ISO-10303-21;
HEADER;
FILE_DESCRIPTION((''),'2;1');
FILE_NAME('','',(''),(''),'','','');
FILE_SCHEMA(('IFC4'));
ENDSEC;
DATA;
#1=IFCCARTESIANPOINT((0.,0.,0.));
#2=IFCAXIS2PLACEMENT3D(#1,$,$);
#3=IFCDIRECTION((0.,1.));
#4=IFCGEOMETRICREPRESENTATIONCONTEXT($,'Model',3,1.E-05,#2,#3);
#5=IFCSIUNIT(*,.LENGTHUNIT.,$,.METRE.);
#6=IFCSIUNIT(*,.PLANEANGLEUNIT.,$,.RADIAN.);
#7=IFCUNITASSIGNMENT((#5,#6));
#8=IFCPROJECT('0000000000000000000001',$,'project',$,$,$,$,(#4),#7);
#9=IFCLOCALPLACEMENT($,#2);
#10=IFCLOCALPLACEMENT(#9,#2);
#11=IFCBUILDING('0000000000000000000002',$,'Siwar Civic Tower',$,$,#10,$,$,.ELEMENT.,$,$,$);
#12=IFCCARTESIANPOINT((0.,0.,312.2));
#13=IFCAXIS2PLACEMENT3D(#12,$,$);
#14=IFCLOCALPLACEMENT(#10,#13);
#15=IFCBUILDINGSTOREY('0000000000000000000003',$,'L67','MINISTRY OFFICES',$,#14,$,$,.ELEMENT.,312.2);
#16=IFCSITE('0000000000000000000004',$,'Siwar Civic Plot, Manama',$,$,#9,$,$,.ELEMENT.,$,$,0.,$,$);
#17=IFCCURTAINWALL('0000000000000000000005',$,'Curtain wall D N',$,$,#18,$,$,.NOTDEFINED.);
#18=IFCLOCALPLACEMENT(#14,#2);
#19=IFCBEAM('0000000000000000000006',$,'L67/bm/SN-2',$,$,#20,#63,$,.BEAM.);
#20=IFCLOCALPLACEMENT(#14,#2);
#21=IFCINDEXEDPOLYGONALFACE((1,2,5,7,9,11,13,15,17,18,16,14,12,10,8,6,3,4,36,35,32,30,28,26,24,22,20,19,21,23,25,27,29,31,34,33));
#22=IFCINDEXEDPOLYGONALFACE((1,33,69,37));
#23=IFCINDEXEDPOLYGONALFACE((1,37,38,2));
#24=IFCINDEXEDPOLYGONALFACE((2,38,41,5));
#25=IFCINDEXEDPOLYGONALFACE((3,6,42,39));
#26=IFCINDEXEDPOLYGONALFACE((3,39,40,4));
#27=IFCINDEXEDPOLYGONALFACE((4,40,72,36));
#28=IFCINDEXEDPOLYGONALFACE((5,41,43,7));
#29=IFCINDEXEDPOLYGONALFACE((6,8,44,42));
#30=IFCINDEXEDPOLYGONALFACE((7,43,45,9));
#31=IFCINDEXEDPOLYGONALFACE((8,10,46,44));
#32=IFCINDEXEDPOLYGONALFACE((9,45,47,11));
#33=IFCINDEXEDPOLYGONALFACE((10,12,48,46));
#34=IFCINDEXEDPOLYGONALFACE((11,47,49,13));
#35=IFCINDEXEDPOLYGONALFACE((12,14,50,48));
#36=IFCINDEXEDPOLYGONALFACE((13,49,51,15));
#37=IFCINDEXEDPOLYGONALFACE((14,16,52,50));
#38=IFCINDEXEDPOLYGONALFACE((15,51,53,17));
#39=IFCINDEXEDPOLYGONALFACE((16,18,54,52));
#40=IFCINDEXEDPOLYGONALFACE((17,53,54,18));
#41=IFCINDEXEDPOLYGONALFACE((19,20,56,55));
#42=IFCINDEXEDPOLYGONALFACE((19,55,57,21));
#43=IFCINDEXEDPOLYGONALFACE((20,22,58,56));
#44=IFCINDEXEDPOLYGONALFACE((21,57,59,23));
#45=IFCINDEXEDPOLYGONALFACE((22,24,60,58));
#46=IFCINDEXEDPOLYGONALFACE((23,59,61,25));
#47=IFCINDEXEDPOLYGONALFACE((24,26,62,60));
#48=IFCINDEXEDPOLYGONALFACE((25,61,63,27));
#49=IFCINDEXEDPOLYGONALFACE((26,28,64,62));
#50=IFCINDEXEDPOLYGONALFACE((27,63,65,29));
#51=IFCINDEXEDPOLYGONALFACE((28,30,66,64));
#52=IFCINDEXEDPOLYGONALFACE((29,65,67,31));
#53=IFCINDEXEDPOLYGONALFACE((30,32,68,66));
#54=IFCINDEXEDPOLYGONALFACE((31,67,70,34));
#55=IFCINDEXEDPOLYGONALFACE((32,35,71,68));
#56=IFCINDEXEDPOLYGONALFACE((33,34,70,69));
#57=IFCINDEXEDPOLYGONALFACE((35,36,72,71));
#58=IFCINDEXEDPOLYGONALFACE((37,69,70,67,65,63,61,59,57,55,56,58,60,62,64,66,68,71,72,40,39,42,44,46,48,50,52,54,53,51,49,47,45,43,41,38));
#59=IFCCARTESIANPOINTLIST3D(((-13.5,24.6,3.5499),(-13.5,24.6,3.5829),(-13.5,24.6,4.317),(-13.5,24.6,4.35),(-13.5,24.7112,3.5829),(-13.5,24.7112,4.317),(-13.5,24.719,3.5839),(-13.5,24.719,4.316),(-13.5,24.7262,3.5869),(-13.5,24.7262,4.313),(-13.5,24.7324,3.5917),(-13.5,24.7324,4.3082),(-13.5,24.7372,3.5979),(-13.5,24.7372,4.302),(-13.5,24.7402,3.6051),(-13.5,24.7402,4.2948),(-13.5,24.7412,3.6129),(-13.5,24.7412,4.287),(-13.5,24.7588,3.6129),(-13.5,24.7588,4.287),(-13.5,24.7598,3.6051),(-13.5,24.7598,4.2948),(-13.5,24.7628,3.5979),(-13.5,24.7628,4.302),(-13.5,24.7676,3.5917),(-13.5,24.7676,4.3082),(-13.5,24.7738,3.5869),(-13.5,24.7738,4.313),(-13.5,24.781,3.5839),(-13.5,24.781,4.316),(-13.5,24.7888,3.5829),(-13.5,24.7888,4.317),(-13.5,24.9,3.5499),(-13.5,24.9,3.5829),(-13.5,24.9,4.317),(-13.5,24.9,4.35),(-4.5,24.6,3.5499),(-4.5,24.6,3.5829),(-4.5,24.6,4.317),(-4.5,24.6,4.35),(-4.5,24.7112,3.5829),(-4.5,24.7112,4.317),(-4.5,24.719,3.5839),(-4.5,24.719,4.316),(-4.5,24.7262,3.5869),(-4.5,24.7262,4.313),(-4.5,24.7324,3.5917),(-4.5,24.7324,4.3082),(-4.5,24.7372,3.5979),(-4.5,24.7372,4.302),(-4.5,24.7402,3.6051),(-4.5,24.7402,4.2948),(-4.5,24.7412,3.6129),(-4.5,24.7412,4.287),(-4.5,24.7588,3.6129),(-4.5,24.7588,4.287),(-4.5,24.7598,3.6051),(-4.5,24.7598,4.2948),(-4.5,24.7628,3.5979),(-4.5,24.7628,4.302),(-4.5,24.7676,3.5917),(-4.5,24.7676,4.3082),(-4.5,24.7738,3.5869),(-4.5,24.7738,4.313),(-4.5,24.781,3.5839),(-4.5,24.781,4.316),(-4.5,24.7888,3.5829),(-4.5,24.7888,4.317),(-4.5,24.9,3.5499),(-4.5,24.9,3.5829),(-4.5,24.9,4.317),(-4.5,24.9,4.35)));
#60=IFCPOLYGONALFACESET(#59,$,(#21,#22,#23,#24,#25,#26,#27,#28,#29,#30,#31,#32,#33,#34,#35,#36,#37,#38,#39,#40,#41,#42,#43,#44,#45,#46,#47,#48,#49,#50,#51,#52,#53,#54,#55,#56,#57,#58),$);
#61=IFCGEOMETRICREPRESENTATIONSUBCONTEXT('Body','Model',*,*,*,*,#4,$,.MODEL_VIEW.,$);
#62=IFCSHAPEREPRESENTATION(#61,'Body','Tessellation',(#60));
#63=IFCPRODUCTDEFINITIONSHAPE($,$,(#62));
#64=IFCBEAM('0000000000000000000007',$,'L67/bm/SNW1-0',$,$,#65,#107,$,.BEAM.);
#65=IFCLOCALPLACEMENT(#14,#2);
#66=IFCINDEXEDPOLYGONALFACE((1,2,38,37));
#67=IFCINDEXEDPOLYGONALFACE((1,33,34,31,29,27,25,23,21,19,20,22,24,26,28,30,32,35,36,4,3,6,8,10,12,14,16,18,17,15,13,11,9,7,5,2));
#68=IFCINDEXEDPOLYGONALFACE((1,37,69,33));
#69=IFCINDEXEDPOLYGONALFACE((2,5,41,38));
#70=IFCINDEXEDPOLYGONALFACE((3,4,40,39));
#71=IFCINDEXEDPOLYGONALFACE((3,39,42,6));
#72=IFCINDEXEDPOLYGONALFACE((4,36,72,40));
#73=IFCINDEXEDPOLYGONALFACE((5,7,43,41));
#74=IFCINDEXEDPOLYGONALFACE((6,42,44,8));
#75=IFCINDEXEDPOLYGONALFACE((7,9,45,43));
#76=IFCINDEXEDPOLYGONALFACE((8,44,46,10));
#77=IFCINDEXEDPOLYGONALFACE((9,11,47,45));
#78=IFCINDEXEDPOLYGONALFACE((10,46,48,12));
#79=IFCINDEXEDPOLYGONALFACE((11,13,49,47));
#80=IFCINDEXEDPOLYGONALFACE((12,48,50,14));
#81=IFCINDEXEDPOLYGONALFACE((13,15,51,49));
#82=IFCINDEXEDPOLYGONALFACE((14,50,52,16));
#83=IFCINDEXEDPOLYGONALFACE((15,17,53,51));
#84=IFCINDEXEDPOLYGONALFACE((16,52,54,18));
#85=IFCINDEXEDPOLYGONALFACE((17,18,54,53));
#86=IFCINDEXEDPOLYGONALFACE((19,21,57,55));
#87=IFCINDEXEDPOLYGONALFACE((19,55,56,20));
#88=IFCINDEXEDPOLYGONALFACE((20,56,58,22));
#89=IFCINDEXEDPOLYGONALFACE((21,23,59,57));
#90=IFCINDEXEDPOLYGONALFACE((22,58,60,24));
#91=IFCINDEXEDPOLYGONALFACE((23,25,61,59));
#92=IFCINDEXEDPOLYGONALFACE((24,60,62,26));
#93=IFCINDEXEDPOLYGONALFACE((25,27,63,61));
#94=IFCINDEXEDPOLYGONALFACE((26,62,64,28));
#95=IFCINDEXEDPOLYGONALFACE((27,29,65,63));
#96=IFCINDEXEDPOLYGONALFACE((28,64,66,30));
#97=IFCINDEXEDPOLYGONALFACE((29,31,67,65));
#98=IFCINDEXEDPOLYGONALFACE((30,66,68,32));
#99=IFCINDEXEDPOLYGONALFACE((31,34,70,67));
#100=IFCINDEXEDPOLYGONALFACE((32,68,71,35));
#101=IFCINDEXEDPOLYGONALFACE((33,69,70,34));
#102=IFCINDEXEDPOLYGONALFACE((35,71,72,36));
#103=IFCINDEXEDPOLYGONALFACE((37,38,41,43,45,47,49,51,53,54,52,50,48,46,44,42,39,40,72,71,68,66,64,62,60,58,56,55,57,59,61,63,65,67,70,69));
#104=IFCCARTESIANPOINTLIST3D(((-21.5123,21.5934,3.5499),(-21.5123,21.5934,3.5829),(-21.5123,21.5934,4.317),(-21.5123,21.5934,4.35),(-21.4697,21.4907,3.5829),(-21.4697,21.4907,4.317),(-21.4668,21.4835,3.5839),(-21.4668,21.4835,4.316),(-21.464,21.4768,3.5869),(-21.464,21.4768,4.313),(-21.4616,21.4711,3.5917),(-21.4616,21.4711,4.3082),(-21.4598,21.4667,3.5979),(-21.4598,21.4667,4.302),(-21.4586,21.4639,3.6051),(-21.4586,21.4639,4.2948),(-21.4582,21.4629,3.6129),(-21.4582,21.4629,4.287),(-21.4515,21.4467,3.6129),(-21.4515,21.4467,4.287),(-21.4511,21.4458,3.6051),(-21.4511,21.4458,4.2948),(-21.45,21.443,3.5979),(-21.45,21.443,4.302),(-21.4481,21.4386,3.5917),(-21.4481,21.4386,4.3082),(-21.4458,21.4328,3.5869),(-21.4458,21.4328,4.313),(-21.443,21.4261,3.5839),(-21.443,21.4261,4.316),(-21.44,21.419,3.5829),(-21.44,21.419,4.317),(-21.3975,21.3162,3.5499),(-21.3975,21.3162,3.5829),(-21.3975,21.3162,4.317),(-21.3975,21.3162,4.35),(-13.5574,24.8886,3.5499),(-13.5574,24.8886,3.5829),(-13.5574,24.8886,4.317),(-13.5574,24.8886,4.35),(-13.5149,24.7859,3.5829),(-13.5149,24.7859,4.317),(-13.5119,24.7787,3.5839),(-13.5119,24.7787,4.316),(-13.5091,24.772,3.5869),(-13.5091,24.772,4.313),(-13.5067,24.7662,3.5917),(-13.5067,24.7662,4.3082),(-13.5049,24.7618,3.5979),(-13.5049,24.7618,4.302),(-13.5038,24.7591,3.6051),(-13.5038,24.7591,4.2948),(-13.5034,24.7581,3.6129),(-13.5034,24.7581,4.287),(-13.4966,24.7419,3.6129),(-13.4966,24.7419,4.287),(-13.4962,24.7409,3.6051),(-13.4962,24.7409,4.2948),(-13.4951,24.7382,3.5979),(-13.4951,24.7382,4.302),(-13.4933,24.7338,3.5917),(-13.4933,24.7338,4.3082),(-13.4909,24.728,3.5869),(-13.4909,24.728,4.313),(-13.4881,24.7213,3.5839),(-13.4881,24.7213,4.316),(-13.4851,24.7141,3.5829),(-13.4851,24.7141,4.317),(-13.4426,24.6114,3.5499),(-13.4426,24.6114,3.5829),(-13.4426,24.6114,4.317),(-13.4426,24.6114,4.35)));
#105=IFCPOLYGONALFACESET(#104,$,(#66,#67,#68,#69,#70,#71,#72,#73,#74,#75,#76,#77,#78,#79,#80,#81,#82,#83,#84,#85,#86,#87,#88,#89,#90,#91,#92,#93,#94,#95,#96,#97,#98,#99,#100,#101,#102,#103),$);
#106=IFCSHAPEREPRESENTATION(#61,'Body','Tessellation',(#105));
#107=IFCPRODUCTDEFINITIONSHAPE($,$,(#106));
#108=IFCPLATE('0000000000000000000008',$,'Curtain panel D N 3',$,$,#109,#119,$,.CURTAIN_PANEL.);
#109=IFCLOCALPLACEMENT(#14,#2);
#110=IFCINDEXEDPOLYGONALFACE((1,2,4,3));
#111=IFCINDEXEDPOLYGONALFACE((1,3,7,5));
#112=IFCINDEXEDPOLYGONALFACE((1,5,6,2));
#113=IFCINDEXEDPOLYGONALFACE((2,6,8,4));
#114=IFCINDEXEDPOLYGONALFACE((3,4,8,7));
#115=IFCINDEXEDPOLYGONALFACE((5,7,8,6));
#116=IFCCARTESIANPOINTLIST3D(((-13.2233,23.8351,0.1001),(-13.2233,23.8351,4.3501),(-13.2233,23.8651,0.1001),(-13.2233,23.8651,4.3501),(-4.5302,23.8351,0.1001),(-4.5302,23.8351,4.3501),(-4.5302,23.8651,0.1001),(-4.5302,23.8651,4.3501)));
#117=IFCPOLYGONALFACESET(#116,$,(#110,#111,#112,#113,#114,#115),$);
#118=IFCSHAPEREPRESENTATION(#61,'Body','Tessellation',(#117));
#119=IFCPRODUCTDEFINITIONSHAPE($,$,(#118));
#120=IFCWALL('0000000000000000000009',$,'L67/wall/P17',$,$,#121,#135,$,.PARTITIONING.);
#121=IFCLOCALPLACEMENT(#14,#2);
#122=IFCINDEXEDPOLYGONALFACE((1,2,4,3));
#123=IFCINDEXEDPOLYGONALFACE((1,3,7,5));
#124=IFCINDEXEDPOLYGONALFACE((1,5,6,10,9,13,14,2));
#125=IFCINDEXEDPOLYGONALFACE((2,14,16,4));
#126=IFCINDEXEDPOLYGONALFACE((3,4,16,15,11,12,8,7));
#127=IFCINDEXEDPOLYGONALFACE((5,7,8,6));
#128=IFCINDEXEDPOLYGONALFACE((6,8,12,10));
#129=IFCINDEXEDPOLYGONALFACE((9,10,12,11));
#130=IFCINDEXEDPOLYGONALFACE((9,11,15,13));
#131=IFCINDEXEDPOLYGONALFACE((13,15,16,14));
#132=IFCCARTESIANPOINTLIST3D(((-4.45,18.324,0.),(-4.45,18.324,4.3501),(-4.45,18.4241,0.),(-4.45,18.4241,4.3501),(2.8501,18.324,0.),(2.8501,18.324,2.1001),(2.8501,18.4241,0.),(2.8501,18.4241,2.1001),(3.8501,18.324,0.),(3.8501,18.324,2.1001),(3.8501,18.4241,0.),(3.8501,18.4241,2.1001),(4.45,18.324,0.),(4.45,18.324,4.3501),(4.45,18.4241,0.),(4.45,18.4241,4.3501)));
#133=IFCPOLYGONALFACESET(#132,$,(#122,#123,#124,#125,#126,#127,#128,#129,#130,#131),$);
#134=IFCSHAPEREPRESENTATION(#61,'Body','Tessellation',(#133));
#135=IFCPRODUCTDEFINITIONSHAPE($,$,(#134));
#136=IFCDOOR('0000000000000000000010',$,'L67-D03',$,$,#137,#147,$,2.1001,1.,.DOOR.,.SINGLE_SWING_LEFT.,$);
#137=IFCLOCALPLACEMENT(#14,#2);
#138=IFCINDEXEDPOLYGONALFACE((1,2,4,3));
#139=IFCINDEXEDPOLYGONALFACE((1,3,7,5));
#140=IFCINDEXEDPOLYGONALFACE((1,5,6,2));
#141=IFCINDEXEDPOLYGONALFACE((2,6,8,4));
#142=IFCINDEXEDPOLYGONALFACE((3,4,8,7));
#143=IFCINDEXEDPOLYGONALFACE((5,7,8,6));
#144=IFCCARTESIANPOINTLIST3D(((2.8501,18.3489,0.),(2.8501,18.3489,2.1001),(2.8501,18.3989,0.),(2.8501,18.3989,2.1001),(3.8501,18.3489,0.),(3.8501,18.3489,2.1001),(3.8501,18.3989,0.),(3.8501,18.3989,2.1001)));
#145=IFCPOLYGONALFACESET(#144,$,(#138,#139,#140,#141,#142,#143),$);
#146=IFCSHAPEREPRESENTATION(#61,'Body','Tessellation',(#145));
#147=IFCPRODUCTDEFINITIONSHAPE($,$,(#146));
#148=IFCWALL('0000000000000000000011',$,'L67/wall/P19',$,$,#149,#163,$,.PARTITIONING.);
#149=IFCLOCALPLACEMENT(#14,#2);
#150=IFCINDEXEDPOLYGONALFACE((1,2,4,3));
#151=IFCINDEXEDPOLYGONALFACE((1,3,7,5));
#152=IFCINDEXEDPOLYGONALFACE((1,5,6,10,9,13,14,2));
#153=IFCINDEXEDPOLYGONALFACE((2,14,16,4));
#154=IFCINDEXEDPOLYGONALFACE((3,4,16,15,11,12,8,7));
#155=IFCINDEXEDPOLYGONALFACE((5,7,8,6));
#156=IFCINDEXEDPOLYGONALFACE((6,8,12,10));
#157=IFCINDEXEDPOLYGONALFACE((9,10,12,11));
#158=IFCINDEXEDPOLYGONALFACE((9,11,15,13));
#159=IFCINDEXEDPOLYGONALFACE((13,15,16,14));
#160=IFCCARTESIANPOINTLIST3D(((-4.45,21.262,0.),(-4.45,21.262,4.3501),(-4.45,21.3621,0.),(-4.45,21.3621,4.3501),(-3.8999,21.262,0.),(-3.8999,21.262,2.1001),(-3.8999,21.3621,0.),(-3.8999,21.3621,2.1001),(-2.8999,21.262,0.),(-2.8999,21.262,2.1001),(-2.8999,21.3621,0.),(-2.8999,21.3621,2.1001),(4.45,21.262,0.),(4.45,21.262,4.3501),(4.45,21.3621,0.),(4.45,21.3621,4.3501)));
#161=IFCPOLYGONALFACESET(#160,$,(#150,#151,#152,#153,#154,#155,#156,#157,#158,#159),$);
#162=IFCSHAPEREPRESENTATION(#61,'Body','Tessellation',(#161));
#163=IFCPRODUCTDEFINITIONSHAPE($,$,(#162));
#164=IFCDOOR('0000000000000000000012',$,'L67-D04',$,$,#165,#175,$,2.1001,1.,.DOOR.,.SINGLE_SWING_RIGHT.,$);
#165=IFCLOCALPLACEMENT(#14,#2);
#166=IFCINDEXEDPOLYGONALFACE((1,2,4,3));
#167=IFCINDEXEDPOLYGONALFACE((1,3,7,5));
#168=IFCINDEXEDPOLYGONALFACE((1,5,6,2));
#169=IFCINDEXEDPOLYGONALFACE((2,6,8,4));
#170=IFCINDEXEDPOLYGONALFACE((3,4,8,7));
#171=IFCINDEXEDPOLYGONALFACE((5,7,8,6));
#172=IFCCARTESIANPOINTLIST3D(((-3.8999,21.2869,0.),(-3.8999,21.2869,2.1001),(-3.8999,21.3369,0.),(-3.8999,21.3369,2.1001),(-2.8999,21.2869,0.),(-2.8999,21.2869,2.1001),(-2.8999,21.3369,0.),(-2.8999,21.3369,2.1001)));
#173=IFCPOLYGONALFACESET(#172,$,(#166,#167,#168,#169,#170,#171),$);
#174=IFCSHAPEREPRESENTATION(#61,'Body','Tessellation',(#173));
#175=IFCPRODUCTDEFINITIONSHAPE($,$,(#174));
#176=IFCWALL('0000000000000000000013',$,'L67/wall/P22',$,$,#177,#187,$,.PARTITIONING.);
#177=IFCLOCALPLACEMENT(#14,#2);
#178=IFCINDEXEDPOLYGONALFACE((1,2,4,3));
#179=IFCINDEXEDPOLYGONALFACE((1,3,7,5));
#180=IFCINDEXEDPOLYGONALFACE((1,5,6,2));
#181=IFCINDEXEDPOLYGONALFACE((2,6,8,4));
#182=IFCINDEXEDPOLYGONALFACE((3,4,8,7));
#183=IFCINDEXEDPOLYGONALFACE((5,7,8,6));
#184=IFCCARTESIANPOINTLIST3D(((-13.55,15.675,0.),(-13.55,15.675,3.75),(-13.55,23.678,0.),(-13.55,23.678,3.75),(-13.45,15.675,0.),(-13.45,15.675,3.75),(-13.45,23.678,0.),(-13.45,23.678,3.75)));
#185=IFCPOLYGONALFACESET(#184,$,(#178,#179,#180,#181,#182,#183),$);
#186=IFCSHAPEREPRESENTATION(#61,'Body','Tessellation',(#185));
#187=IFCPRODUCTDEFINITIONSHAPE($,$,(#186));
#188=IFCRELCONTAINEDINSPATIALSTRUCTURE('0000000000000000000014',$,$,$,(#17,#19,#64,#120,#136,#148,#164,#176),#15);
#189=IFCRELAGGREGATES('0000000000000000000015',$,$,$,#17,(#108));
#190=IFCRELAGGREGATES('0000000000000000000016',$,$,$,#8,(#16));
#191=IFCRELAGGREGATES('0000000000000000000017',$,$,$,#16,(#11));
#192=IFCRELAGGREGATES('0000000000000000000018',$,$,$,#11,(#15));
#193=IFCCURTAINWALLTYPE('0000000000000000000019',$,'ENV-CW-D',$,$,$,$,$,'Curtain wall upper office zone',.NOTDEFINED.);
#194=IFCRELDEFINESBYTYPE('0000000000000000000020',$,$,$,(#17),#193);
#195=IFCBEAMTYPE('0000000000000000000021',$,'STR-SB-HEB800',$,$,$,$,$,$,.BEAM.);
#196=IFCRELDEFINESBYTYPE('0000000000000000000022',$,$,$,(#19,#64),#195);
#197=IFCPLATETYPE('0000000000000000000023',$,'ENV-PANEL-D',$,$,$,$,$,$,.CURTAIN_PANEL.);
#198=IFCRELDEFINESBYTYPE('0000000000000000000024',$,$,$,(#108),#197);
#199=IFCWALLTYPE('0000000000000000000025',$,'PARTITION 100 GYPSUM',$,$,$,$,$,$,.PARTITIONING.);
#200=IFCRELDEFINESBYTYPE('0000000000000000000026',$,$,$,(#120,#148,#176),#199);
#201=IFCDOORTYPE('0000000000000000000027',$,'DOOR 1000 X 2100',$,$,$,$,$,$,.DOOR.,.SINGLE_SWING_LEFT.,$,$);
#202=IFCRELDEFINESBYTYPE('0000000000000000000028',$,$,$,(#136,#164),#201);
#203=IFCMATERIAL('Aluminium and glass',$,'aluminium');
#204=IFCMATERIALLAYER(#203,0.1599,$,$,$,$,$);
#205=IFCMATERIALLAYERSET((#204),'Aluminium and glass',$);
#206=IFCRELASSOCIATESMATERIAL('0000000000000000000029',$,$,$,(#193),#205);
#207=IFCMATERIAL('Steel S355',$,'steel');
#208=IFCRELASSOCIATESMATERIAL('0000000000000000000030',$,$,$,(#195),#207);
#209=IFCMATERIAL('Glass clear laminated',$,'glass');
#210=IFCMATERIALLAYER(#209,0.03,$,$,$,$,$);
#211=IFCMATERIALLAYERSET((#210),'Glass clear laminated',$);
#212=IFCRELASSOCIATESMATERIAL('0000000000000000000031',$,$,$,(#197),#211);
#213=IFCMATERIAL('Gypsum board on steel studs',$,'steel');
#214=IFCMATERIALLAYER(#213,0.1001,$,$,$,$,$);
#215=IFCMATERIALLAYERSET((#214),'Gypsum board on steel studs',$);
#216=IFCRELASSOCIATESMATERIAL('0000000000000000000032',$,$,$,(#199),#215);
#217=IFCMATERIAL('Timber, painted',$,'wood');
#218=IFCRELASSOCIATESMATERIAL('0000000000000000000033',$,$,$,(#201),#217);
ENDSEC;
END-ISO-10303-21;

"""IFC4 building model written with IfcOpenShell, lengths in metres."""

from ifc_helpers import new_model, si_unit, direction, frame, frame_2d, origin, origin_2d, place, context, subcontext, project, spatial, rectangle, i_section, extrude, material, layer, layer_set, material_profile, profile_set, type_object, element, fill, aggregate, save


model = new_model("IFC4")

# Units and contexts
model_context = context("Model", 3, precision=1e-05, world=origin(), true_north=direction((0.0, 1.0)))
body_context = subcontext(model_context, "Body", "Model", "MODEL_VIEW")
ifc_project = project(units=[si_unit("LENGTHUNIT", "METRE"), si_unit("PLANEANGLEUNIT", "RADIAN")], contexts=[model_context])

# Site, building, storey
site_placement = place(None, origin())
site = spatial("IfcSite", under=ifc_project, at=site_placement, Name="Siwar Civic Plot, Manama", CompositionType="ELEMENT", RefElevation=0.0)
building_placement = place(site_placement, origin())
building = spatial("IfcBuilding", under=site, at=building_placement, Name="Siwar Civic Tower", CompositionType="ELEMENT")
storey_placement = place(building_placement, frame((0.0, 0.0, 312.2)))
storey = spatial("IfcBuildingStorey", under=building, at=storey_placement, Name="L67", Description="MINISTRY OFFICES", CompositionType="ELEMENT", Elevation=312.2)

# Curtain wall
ifc_material_1 = material(Name="Aluminium and glass", Category="aluminium")
ifc_layer_1 = layer(ifc_material_1, 0.1599)
ifc_layer_set_1 = layer_set([ifc_layer_1], Name="Aluminium and glass")
curtain_wall_type_1 = type_object("IfcCurtainWallType", Name="ENV-CW-D", ElementType="Curtain wall upper office zone", PredefinedType="NOTDEFINED", material=ifc_layer_set_1)
curtain_wall_1_placement = place(storey_placement, origin())
curtain_wall_1 = element("IfcCurtainWall", 1, at=curtain_wall_1_placement, inside=storey, type_object=curtain_wall_type_1, Name="Curtain wall D N", PredefinedType="NOTDEFINED")

# Beams
ifc_material_2 = material(Name="Steel S355", Category="steel")
ifc_material_profile_1 = material_profile(ifc_material_2, i_section(OverallWidth=0.3, OverallDepth=0.8, WebThickness=0.0176, FlangeThickness=0.033, FilletRadius=0.03, at=origin_2d()), Name="HEB800")
ifc_profile_set_1 = profile_set([ifc_material_profile_1], Name="Steel S355")
beam_type_1 = type_object("IfcBeamType", Name="STR-SB-HEB800", PredefinedType="BEAM", material=ifc_profile_set_1)
beam_1_placement = place(storey_placement, frame((-4.5, 24.75, 3.95), z_axis=(-1.0, 0.0, 0.0), x_axis=(0.0, -1.0, 0.0)))
element("IfcBeam", 2, at=beam_1_placement, inside=storey, type_object=beam_type_1, Name="L67/bm/SN-2", PredefinedType="BEAM", context=body_context, shape_type="SweptSolid", body=[
    extrude(i_section(OverallWidth=0.3, OverallDepth=0.8, WebThickness=0.0176, FlangeThickness=0.033, FilletRadius=0.03, at=origin_2d()), origin(), (0.0, 0.0, 1.0), 9.0),
])
beam_2_placement = place(storey_placement, frame((-13.5, 24.75, 3.95), z_axis=(-0.923873, -0.3827, 0.0), x_axis=(0.3827, -0.923873, 0.0)))
element("IfcBeam", 3, at=beam_2_placement, inside=storey, type_object=beam_type_1, Name="L67/bm/SNW1-0", PredefinedType="BEAM", context=body_context, shape_type="SweptSolid", body=[
    extrude(i_section(OverallWidth=0.3, OverallDepth=0.8, WebThickness=0.0176, FlangeThickness=0.033, FilletRadius=0.03, at=origin_2d()), origin(), (0.0, 0.0, 1.0), 8.6104),
])

# Plate
ifc_material_3 = material(Name="Glass clear laminated", Category="glass")
ifc_layer_2 = layer(ifc_material_3, 0.03)
ifc_layer_set_2 = layer_set([ifc_layer_2], Name="Glass clear laminated")
plate_type = type_object("IfcPlateType", Name="ENV-PANEL-D", PredefinedType="CURTAIN_PANEL", material=ifc_layer_set_2)
plate_placement = place(storey_placement, frame((-8.8767, 23.8501, 0.1001), z_axis=(0.0, 0.0, 1.0), x_axis=(-1.0, 0.0, 0.0)))
plate = element("IfcPlate", 4, at=plate_placement, type_object=plate_type, Name="Curtain panel D N 3", PredefinedType="CURTAIN_PANEL", context=body_context, shape_type="SweptSolid", body=[
    extrude(rectangle(XDim=8.6931, YDim=0.03, at=origin_2d()), origin(), (0.0, 0.0, 1.0), 4.25),
])
aggregate(curtain_wall_1, [plate])

# Walls, openings, doors
ifc_material_4 = material(Name="Gypsum board on steel studs", Category="steel")
ifc_layer_3 = layer(ifc_material_4, 0.1001)
ifc_layer_set_3 = layer_set([ifc_layer_3], Name="Gypsum board on steel studs")
wall_type = type_object("IfcWallType", Name="PARTITION 100 GYPSUM", PredefinedType="PARTITIONING", material=ifc_layer_set_3)
wall_1_placement = place(storey_placement, frame((-4.45, 18.374, 0.0), z_axis=(0.0, 0.0, 1.0), x_axis=(1.0, 0.0, 0.0)))
wall_1 = element("IfcWall", 5, at=wall_1_placement, inside=storey, type_object=wall_type, Name="L67/wall/P17", PredefinedType="PARTITIONING", context=body_context, shape_type="SweptSolid", body=[
    extrude(rectangle(XDim=8.8999, YDim=0.1001, at=frame_2d((4.45, 0.0))), origin(), (0.0, 0.0, 1.0), 4.3501),
])
opening_1_placement = place(wall_1_placement, frame((7.3, 0.0, 0.0)))
opening_1 = element("IfcOpeningElement", 6, at=opening_1_placement, cuts=wall_1, PredefinedType="OPENING", context=body_context, shape_type="SweptSolid", body=[
    extrude(rectangle(XDim=1.0, YDim=2.1001, at=frame_2d((0.5, 1.05))), frame((0.0, 0.0601, 0.0), z_axis=(0.0, -1.0, 0.0), x_axis=(1.0, 0.0, 0.0)), (0.0, 0.0, 1.0), 0.1201),
])
ifc_material_5 = material(Name="Timber, painted", Category="wood")
door_type = type_object("IfcDoorType", Name="DOOR 1000 X 2100", OperationType="SINGLE_SWING_LEFT", PredefinedType="DOOR", material=ifc_material_5)
door_1_placement = place(opening_1_placement, origin())
door_1 = element("IfcDoor", 7, at=door_1_placement, inside=storey, type_object=door_type, Name="L67-D03", OperationType="SINGLE_SWING_LEFT", OverallHeight=2.1001, OverallWidth=1.0, PredefinedType="DOOR", context=body_context, shape_type="SweptSolid", body=[
    extrude(rectangle(XDim=1.0, YDim=2.1001, at=frame_2d((0.5, 1.05))), frame((0.0, 0.0249, 0.0), z_axis=(0.0, -1.0, 0.0), x_axis=(1.0, 0.0, 0.0)), (0.0, 0.0, 1.0), 0.05),
])
fill(opening_1, door_1)
wall_2_placement = place(storey_placement, frame((-4.45, 21.312, 0.0), z_axis=(0.0, 0.0, 1.0), x_axis=(1.0, 0.0, 0.0)))
wall_2 = element("IfcWall", 8, at=wall_2_placement, inside=storey, type_object=wall_type, Name="L67/wall/P19", PredefinedType="PARTITIONING", context=body_context, shape_type="SweptSolid", body=[
    extrude(rectangle(XDim=8.8999, YDim=0.1001, at=frame_2d((4.45, 0.0))), origin(), (0.0, 0.0, 1.0), 4.3501),
])
opening_2_placement = place(wall_2_placement, frame((0.55, 0.0, 0.0)))
opening_2 = element("IfcOpeningElement", 9, at=opening_2_placement, cuts=wall_2, PredefinedType="OPENING", context=body_context, shape_type="SweptSolid", body=[
    extrude(rectangle(XDim=1.0, YDim=2.1001, at=frame_2d((0.5, 1.05))), frame((0.0, 0.0601, 0.0), z_axis=(0.0, -1.0, 0.0), x_axis=(1.0, 0.0, 0.0)), (0.0, 0.0, 1.0), 0.1201),
])
door_2_placement = place(opening_2_placement, origin())
door_2 = element("IfcDoor", 10, at=door_2_placement, inside=storey, type_object=door_type, Name="L67-D04", OperationType="SINGLE_SWING_RIGHT", OverallHeight=2.1001, OverallWidth=1.0, PredefinedType="DOOR", context=body_context, shape_type="SweptSolid", body=[
    extrude(rectangle(XDim=1.0, YDim=2.1001, at=frame_2d((0.5, 1.05))), frame((0.0, 0.0249, 0.0), z_axis=(0.0, -1.0, 0.0), x_axis=(1.0, 0.0, 0.0)), (0.0, 0.0, 1.0), 0.05),
])
fill(opening_2, door_2)

# Wall
wall_3_placement = place(storey_placement, frame((-13.5, 15.675, 0.0), z_axis=(0.0, 0.0, 1.0), x_axis=(0.0, 1.0, 0.0)))
element("IfcWall", 11, at=wall_3_placement, inside=storey, type_object=wall_type, Name="L67/wall/P22", PredefinedType="PARTITIONING", context=body_context, shape_type="SweptSolid", body=[
    extrude(rectangle(XDim=8.0029, YDim=0.1001, at=frame_2d((4.0015, 0.0))), origin(), (0.0, 0.0, 1.0), 3.75),
])

save(model, "model.ifc")
